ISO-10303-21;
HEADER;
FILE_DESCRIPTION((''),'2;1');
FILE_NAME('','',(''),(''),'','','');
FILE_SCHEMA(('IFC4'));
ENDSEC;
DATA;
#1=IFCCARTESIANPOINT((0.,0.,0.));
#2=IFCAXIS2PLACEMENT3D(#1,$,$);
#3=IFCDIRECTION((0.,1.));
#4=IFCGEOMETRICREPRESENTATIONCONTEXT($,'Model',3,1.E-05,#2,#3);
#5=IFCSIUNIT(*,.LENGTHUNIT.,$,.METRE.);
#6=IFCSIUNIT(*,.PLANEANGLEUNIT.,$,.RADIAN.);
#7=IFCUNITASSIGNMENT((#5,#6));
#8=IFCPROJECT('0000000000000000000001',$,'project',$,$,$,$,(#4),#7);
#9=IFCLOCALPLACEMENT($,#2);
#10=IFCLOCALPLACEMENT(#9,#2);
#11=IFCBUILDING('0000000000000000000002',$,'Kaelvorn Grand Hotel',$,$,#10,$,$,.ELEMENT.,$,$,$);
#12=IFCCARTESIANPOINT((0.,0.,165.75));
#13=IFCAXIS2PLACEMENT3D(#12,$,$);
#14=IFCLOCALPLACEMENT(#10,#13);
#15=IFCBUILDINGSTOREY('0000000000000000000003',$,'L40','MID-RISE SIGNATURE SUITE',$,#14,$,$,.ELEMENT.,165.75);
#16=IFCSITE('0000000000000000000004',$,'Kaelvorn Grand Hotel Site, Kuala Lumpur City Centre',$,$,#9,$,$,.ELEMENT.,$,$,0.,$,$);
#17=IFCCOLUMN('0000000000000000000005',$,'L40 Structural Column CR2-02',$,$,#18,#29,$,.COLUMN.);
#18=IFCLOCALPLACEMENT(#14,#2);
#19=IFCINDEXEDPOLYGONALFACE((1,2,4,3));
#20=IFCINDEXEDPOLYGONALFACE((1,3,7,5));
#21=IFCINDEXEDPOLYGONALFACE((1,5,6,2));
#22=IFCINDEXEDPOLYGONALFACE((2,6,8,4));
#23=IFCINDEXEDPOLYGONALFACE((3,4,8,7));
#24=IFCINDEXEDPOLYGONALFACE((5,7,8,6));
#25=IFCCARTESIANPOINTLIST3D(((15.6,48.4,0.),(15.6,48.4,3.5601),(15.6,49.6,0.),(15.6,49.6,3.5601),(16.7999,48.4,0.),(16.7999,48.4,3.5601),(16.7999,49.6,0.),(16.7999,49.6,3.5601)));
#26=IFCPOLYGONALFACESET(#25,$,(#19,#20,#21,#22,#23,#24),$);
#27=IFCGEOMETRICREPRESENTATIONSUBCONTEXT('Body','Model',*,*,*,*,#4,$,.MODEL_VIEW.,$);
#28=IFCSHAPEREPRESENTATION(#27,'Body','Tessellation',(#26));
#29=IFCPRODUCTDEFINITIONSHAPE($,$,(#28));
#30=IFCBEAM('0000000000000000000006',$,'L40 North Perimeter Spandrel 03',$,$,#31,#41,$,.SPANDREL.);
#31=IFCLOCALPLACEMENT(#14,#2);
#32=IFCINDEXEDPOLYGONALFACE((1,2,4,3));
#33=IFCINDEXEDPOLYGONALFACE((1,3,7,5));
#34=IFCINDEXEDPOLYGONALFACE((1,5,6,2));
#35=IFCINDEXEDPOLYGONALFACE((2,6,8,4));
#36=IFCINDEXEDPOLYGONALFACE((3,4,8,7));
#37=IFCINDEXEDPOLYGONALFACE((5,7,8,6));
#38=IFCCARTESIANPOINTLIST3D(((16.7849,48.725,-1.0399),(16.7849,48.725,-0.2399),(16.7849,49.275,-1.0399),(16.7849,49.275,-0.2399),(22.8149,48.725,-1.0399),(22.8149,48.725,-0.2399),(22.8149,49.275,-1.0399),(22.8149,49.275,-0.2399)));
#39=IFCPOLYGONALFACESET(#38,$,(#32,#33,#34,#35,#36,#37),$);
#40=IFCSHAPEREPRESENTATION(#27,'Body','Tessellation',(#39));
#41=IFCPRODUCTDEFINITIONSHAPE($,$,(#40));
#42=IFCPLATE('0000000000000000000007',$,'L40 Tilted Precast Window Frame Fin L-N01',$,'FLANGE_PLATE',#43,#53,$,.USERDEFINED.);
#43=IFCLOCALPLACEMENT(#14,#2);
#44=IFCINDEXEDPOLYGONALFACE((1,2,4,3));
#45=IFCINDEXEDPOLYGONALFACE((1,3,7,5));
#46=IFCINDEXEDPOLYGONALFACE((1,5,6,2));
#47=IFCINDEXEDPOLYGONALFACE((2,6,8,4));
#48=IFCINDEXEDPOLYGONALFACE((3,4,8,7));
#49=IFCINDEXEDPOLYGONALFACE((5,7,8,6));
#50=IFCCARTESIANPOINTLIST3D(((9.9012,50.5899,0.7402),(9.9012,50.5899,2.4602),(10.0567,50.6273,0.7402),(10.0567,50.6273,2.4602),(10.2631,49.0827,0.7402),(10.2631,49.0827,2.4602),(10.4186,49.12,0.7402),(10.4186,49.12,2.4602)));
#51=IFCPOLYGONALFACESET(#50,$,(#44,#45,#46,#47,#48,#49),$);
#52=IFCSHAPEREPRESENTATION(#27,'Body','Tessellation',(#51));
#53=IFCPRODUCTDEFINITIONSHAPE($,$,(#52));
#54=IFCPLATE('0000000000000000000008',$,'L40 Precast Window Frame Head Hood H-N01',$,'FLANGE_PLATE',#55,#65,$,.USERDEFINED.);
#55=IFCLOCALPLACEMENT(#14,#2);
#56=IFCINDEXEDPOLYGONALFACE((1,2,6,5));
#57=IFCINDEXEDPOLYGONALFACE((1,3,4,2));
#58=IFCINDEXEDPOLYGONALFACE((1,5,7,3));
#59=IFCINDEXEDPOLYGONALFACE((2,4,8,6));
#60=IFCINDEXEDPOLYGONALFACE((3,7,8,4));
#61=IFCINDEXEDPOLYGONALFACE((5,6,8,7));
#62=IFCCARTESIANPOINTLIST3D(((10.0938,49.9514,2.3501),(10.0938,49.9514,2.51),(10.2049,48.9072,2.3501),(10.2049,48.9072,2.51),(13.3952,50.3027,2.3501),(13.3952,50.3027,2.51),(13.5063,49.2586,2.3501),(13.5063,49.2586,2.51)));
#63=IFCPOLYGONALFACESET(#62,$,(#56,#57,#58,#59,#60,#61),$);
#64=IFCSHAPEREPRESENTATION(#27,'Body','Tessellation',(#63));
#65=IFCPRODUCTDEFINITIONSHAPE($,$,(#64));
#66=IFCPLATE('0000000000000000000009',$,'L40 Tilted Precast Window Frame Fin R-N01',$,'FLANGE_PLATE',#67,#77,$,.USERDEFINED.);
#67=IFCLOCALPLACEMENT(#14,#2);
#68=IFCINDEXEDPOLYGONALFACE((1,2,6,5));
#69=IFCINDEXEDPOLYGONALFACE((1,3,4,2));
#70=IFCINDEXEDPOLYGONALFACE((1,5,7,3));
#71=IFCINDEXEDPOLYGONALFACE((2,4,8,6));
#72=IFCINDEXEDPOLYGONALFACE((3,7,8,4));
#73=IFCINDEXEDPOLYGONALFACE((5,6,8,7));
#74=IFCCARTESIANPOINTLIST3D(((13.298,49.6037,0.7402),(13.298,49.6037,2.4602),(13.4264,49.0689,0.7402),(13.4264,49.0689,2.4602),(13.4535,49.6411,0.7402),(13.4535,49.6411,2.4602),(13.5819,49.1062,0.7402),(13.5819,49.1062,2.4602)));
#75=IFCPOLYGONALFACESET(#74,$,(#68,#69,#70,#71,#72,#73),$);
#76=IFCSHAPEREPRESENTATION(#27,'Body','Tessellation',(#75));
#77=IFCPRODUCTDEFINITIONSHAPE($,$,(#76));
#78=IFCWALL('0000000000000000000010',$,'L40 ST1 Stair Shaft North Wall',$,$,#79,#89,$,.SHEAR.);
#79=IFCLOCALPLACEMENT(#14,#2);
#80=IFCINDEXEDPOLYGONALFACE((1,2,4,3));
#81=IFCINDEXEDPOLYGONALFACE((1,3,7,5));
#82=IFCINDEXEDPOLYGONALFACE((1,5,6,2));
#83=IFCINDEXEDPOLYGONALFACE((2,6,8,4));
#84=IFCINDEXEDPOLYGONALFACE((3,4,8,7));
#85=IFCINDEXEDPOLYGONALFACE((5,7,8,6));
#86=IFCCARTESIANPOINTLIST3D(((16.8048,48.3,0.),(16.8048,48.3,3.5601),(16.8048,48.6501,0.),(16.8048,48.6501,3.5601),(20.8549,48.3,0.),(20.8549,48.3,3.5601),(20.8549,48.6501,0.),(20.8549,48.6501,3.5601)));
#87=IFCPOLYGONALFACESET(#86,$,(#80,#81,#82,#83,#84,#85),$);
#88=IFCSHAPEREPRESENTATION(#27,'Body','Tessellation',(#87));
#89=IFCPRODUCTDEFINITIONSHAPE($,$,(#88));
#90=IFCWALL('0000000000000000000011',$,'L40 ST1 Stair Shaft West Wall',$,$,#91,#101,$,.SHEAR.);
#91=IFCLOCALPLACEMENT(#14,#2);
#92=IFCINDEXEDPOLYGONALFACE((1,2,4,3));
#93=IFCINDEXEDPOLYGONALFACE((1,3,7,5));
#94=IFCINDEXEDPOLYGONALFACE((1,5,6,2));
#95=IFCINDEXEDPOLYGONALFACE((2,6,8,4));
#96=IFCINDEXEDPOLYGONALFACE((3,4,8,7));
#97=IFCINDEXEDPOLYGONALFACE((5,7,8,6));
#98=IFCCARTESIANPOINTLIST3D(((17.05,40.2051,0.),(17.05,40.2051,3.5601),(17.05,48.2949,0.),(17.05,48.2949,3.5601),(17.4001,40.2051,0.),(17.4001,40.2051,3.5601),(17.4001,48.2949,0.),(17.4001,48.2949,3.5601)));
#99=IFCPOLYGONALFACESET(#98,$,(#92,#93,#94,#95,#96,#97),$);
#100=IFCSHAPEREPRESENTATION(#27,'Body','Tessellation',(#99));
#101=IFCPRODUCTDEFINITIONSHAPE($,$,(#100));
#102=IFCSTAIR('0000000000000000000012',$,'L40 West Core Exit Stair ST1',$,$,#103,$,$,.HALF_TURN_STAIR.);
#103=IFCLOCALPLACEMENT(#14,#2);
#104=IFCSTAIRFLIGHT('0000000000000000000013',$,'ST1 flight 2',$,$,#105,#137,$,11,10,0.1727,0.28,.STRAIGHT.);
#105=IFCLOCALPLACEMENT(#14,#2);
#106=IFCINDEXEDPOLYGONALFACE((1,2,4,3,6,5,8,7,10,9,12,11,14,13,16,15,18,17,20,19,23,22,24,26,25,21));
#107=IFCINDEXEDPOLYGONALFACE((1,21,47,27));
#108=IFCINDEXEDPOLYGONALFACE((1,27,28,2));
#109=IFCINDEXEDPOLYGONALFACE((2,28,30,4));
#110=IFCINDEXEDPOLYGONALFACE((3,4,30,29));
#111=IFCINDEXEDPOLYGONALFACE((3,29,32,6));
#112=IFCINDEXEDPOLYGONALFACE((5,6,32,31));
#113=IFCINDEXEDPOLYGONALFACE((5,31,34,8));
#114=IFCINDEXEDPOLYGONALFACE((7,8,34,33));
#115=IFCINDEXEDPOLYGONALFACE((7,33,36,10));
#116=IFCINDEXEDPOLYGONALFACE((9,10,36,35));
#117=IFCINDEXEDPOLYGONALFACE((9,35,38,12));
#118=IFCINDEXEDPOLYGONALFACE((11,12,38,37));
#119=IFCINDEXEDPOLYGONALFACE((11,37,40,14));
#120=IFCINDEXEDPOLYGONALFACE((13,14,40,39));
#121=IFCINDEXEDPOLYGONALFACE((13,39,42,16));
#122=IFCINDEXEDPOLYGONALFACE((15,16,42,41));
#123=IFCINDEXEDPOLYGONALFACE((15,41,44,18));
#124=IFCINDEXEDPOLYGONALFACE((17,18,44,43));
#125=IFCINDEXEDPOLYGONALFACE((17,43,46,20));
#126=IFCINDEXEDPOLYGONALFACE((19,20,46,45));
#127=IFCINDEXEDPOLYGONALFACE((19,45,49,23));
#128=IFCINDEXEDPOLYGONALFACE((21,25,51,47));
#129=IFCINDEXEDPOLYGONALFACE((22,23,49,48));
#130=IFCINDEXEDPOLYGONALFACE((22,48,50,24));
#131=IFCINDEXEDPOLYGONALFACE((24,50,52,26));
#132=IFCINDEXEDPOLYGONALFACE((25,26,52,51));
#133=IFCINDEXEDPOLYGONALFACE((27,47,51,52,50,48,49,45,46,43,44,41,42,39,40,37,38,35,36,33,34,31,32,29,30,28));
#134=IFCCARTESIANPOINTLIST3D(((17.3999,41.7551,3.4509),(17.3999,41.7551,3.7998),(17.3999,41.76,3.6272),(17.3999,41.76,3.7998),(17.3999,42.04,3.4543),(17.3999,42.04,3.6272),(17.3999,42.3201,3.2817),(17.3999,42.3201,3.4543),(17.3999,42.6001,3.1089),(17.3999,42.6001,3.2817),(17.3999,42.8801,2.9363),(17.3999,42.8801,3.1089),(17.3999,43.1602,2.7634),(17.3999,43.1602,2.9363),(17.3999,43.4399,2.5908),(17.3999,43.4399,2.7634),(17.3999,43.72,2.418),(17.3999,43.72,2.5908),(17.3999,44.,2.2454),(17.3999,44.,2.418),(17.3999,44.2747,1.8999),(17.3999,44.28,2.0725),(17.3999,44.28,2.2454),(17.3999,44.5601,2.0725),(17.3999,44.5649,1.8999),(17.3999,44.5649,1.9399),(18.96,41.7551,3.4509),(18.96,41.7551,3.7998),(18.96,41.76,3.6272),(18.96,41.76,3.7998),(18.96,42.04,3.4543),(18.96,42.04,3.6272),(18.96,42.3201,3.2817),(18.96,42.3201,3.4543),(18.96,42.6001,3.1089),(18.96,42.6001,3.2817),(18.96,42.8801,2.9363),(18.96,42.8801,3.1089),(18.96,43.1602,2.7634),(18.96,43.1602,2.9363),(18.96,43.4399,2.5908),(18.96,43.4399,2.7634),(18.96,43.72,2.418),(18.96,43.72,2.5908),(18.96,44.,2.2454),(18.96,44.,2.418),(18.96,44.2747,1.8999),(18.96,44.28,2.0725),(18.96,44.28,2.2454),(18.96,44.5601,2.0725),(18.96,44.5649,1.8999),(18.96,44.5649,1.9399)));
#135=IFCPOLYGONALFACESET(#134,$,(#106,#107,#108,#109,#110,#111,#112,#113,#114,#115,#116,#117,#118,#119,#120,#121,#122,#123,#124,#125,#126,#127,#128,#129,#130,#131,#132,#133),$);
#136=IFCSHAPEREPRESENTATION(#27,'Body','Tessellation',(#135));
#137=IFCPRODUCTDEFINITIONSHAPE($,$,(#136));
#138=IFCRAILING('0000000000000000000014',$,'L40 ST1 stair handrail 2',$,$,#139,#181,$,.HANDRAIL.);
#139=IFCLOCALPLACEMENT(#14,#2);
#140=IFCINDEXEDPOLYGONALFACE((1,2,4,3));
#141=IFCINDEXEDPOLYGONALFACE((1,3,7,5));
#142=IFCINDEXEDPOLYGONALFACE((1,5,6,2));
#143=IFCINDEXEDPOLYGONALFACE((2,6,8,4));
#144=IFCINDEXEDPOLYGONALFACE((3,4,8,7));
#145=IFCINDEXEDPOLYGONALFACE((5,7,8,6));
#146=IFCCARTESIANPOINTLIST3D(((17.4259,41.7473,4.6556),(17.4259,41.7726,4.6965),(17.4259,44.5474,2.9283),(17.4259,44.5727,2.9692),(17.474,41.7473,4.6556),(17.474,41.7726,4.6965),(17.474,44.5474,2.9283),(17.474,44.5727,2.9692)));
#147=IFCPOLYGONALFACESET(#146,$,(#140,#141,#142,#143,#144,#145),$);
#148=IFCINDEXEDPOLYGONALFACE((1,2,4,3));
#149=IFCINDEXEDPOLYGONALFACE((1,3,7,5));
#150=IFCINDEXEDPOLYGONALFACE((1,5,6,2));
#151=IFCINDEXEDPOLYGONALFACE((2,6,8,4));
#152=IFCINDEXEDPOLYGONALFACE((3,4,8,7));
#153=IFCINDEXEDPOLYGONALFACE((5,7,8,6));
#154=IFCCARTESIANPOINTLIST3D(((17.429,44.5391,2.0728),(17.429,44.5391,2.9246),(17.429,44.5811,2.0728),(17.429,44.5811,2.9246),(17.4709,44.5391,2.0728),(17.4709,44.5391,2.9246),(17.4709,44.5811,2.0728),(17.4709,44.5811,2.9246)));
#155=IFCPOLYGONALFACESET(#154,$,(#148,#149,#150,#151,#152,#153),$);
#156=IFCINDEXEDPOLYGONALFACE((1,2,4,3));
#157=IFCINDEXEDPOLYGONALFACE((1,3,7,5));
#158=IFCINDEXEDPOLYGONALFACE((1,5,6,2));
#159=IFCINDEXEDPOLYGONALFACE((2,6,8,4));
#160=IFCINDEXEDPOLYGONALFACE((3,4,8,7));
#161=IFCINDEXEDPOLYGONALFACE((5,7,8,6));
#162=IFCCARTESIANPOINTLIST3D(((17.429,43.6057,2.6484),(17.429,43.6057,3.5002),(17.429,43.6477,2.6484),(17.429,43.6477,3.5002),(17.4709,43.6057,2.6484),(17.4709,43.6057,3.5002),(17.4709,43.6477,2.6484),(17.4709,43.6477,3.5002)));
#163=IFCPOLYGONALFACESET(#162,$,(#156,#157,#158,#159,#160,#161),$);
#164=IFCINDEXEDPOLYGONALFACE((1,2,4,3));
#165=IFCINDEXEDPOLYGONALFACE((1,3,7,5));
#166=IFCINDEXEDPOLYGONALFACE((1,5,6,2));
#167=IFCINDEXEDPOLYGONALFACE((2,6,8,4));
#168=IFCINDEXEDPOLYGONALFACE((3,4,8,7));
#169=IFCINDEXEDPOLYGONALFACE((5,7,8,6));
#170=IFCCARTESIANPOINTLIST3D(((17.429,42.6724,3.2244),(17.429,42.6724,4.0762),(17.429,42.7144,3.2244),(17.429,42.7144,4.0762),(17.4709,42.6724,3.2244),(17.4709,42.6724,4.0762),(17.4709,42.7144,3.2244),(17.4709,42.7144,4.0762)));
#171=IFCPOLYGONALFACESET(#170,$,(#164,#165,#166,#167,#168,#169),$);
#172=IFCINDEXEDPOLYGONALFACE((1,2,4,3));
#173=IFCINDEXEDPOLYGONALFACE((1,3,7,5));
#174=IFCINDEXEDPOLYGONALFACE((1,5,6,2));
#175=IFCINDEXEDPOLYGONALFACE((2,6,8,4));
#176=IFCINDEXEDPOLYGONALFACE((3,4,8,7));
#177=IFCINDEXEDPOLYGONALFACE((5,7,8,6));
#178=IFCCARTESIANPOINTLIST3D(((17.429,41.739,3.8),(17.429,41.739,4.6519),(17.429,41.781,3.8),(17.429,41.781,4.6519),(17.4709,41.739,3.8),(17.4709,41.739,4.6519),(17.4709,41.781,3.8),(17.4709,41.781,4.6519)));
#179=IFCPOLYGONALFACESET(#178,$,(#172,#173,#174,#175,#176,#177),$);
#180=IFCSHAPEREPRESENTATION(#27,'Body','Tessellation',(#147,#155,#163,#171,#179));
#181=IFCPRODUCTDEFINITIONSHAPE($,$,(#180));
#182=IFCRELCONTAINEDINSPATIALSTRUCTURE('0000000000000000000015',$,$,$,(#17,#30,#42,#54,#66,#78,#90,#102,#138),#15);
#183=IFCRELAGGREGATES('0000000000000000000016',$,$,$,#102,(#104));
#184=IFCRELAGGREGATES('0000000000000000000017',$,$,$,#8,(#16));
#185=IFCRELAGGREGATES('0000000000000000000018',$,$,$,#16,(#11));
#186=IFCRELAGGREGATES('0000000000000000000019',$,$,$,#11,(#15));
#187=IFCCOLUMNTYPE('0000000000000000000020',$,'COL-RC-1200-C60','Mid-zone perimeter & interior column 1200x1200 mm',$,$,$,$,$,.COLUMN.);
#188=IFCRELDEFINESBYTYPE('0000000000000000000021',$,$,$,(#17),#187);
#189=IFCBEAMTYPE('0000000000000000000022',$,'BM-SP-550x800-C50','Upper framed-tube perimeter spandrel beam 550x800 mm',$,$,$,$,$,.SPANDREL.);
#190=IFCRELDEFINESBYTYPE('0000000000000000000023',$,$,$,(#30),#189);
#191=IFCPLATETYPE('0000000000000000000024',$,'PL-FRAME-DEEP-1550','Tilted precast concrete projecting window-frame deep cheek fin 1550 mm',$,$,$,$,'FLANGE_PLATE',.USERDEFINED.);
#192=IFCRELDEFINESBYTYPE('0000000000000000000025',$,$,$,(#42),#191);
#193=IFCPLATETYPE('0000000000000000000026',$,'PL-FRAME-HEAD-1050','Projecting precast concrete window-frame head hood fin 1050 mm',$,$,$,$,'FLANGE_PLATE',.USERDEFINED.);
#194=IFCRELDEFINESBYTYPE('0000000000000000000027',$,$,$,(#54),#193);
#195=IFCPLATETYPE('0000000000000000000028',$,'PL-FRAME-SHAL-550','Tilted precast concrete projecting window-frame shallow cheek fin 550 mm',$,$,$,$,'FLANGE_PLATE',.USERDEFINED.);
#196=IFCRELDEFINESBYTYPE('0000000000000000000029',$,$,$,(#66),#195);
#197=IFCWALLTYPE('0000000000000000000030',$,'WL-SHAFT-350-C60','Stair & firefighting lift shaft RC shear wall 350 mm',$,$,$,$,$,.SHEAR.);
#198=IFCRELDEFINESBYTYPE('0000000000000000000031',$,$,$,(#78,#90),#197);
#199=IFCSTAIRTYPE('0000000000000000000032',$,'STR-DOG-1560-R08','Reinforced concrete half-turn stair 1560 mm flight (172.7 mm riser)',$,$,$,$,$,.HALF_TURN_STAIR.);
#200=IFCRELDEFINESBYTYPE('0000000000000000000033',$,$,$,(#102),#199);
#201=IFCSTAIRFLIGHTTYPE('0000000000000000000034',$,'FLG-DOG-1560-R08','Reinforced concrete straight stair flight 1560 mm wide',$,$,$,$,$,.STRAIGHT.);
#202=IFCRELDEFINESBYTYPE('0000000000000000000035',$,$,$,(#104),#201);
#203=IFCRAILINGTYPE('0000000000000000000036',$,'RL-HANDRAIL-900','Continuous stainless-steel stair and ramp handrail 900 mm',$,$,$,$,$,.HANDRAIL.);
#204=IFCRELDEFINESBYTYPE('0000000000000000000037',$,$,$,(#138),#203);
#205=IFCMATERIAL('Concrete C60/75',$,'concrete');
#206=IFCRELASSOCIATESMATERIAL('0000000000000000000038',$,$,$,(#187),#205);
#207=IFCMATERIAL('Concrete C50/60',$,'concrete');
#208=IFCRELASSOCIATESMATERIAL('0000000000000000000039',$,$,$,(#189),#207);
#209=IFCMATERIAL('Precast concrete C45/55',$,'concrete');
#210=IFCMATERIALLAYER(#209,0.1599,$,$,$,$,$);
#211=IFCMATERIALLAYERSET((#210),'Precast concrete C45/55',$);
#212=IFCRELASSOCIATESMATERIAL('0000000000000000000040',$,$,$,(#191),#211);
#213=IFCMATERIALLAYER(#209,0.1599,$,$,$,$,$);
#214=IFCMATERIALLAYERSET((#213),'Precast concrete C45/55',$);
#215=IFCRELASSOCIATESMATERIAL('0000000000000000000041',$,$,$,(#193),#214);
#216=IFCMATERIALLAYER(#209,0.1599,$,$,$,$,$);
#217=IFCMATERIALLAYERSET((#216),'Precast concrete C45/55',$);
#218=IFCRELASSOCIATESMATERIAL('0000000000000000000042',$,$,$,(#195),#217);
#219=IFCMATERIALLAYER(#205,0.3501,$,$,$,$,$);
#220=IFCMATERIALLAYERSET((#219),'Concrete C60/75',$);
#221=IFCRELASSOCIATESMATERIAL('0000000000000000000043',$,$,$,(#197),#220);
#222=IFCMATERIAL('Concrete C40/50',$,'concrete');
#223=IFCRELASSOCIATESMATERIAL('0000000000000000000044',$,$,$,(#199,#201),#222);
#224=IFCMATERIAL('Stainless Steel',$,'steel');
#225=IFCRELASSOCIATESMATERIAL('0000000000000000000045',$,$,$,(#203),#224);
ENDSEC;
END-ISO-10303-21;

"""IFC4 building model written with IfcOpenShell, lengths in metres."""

from ifc_helpers import new_model, si_unit, direction, frame, frame_2d, origin, origin_2d, place, context, subcontext, project, spatial, polyline, rectangle, outline, extrude, material, layer, layer_set, material_profile, profile_set, type_object, element, aggregate, save


model = new_model("IFC4")

# Units and contexts
model_context = context("Model", 3, precision=1e-05, world=origin(), true_north=direction((0.0, 1.0)))
body_context = subcontext(model_context, "Body", "Model", "MODEL_VIEW")
ifc_project = project(units=[si_unit("LENGTHUNIT", "METRE"), si_unit("PLANEANGLEUNIT", "RADIAN")], contexts=[model_context])

# Site, building, storey
site_placement = place(None, origin())
site = spatial("IfcSite", under=ifc_project, at=site_placement, Name="Kaelvorn Grand Hotel Site, Kuala Lumpur City Centre", CompositionType="ELEMENT", RefElevation=0.0)
building_placement = place(site_placement, origin())
building = spatial("IfcBuilding", under=site, at=building_placement, Name="Kaelvorn Grand Hotel", CompositionType="ELEMENT")
storey_placement = place(building_placement, frame((0.0, 0.0, 165.75)))
storey = spatial("IfcBuildingStorey", under=building, at=storey_placement, Name="L40", Description="MID-RISE SIGNATURE SUITE", CompositionType="ELEMENT", Elevation=165.75)

# Column
ifc_material_1 = material(Name="Concrete C60/75", Category="concrete")
ifc_material_profile_1 = material_profile(ifc_material_1, rectangle(XDim=1.2, YDim=1.2, at=origin_2d()), Name="RC COL 1200x1200")
ifc_profile_set_1 = profile_set([ifc_material_profile_1], Name="Concrete C60/75")
column_type = type_object("IfcColumnType", Name="COL-RC-1200-C60", Description="Mid-zone perimeter & interior column 1200x1200 mm", PredefinedType="COLUMN", material=ifc_profile_set_1)
column_placement = place(storey_placement, frame((16.2, 49.0, 0.0), z_axis=(0.0, 0.0, 1.0), x_axis=(1.0, 0.0, 0.0)))
element("IfcColumn", 1, at=column_placement, inside=storey, type_object=column_type, Name="L40 Structural Column CR2-02", PredefinedType="COLUMN", context=body_context, shape_type="SweptSolid", body=[
    extrude(rectangle(XDim=1.2, YDim=1.2, at=origin_2d()), origin(), (0.0, 0.0, 1.0), 3.5601),
])

# Beam
ifc_material_2 = material(Name="Concrete C50/60", Category="concrete")
ifc_material_profile_2 = material_profile(ifc_material_2, rectangle(XDim=0.55, YDim=0.8, at=origin_2d()), Name="RC SPANDREL 550x800")
ifc_profile_set_2 = profile_set([ifc_material_profile_2], Name="Concrete C50/60")
beam_type = type_object("IfcBeamType", Name="BM-SP-550x800-C50", Description="Upper framed-tube perimeter spandrel beam 550x800 mm", PredefinedType="SPANDREL", material=ifc_profile_set_2)
beam_placement = place(storey_placement, frame((16.7849, 49.0, -0.6399), z_axis=(1.0, 0.0, 0.0), x_axis=(0.0, 1.0, 0.0)))
element("IfcBeam", 2, at=beam_placement, inside=storey, type_object=beam_type, Name="L40 North Perimeter Spandrel 03", PredefinedType="SPANDREL", context=body_context, shape_type="SweptSolid", body=[
    extrude(rectangle(XDim=0.55, YDim=0.8, at=origin_2d()), origin(), (0.0, 0.0, 1.0), 6.03),
])

# Plates
ifc_material_3 = material(Name="Precast concrete C45/55", Category="concrete")
ifc_layer_1 = layer(ifc_material_3, 0.1599)
ifc_layer_set_1 = layer_set([ifc_layer_1], Name="Precast concrete C45/55")
plate_type_1 = type_object("IfcPlateType", Name="PL-FRAME-DEEP-1550", Description="Tilted precast concrete projecting window-frame deep cheek fin 1550 mm", ElementType="FLANGE_PLATE", PredefinedType="USERDEFINED", material=ifc_layer_set_1)
plate_1_placement = place(storey_placement, frame((10.1599, 49.855, 0.7402), z_axis=(0.0, 0.0, 1.0), x_axis=(0.97237, 0.233445, 0.0)))
element("IfcPlate", 3, at=plate_1_placement, inside=storey, type_object=plate_type_1, Name="L40 Tilted Precast Window Frame Fin L-N01", ObjectType="FLANGE_PLATE", PredefinedType="USERDEFINED", context=body_context, shape_type="SweptSolid", body=[
    extrude(rectangle(XDim=0.1599, YDim=1.55, at=origin_2d()), origin(), (0.0, 0.0, 1.0), 1.72),
])
ifc_layer_2 = layer(ifc_material_3, 0.1599)
ifc_layer_set_2 = layer_set([ifc_layer_2], Name="Precast concrete C45/55")
plate_type_2 = type_object("IfcPlateType", Name="PL-FRAME-HEAD-1050", Description="Projecting precast concrete window-frame head hood fin 1050 mm", ElementType="FLANGE_PLATE", PredefinedType="USERDEFINED", material=ifc_layer_set_2)
plate_2_placement = place(storey_placement, frame((11.8, 49.605, 2.3501), z_axis=(0.0, 0.0, 1.0), x_axis=(0.994384, 0.10583, 0.0)))
element("IfcPlate", 4, at=plate_2_placement, inside=storey, type_object=plate_type_2, Name="L40 Precast Window Frame Head Hood H-N01", ObjectType="FLANGE_PLATE", PredefinedType="USERDEFINED", context=body_context, shape_type="SweptSolid", body=[
    extrude(rectangle(XDim=3.3201, YDim=1.05, at=origin_2d()), origin(), (0.0, 0.0, 1.0), 0.1599),
])
ifc_layer_3 = layer(ifc_material_3, 0.1599)
ifc_layer_set_3 = layer_set([ifc_layer_3], Name="Precast concrete C45/55")
plate_type_3 = type_object("IfcPlateType", Name="PL-FRAME-SHAL-550", Description="Tilted precast concrete projecting window-frame shallow cheek fin 550 mm", ElementType="FLANGE_PLATE", PredefinedType="USERDEFINED", material=ifc_layer_set_3)
plate_3_placement = place(storey_placement, frame((13.4399, 49.355, 0.7402), z_axis=(0.0, 0.0, 1.0), x_axis=(0.97237, 0.233445, 0.0)))
element("IfcPlate", 5, at=plate_3_placement, inside=storey, type_object=plate_type_3, Name="L40 Tilted Precast Window Frame Fin R-N01", ObjectType="FLANGE_PLATE", PredefinedType="USERDEFINED", context=body_context, shape_type="SweptSolid", body=[
    extrude(rectangle(XDim=0.1599, YDim=0.55, at=origin_2d()), origin(), (0.0, 0.0, 1.0), 1.72),
])

# Shared definitions
ifc_layer_4 = layer(ifc_material_1, 0.3501)
ifc_layer_set_4 = layer_set([ifc_layer_4], Name="Concrete C60/75")
wall_type = type_object("IfcWallType", Name="WL-SHAFT-350-C60", Description="Stair & firefighting lift shaft RC shear wall 350 mm", PredefinedType="SHEAR", material=ifc_layer_set_4)

# Walls
wall_1_placement = place(storey_placement, frame((16.8049, 48.4751, 0.0), z_axis=(0.0, 0.0, 1.0), x_axis=(1.0, 0.0, 0.0)))
element("IfcWall", 6, at=wall_1_placement, inside=storey, type_object=wall_type, Name="L40 ST1 Stair Shaft North Wall", PredefinedType="SHEAR", context=body_context, shape_type="SweptSolid", body=[
    extrude(rectangle(XDim=4.05, YDim=0.3501, at=frame_2d((2.0249, 0.0))), origin(), (0.0, 0.0, 1.0), 3.5601),
])
wall_2_placement = place(storey_placement, frame((17.2251, 40.2051, 0.0), z_axis=(0.0, 0.0, 1.0), x_axis=(0.0, 1.0, 0.0)))
element("IfcWall", 7, at=wall_2_placement, inside=storey, type_object=wall_type, Name="L40 ST1 Stair Shaft West Wall", PredefinedType="SHEAR", context=body_context, shape_type="SweptSolid", body=[
    extrude(rectangle(XDim=8.0898, YDim=0.3501, at=frame_2d((4.0449, 0.0))), origin(), (0.0, 0.0, 1.0), 3.5601),
])

# Stair, stair flight
ifc_material_4 = material(Name="Concrete C40/50", Category="concrete")
stair_type = type_object("IfcStairType", Name="STR-DOG-1560-R08", Description="Reinforced concrete half-turn stair 1560 mm flight (172.7 mm riser)", PredefinedType="HALF_TURN_STAIR", material=ifc_material_4)
stair_placement = place(storey_placement, origin())
stair = element("IfcStair", 8, at=stair_placement, inside=storey, type_object=stair_type, Name="L40 West Core Exit Stair ST1", PredefinedType="HALF_TURN_STAIR")
stair_flight_type = type_object("IfcStairFlightType", Name="FLG-DOG-1560-R08", Description="Reinforced concrete straight stair flight 1560 mm wide", PredefinedType="STRAIGHT", material=ifc_material_4)
stair_flight_placement = place(storey_placement, frame((18.1799, 44.5601, 1.8999), z_axis=(0.0, 0.0, 1.0), x_axis=(0.0, -1.0, 0.0)))
stair_flight = element("IfcStairFlight", 9, at=stair_flight_placement, type_object=stair_flight_type, Name="ST1 flight 2", NumberOfRisers=11, NumberOfTreads=10, PredefinedType="STRAIGHT", RiserHeight=0.1727, TreadLength=0.28, context=body_context, shape_type="SweptSolid", body=[
    extrude(outline(polyline([(-0.0049, 0.0), (-0.0049, 0.04), (0.0, 0.1726), (0.28, 0.1726), (0.28, 0.3455), (0.5601, 0.3455), (0.5601, 0.5181), (0.8401, 0.5181), (0.8401, 0.6909), (1.1201, 0.6909), (1.1201, 0.8635), (1.3999, 0.8635), (1.3999, 1.0364), (1.6799, 1.0364), (1.6799, 1.209), (1.96, 1.209), (1.96, 1.3818), (2.24, 1.3818), (2.24, 1.5544), (2.52, 1.5544), (2.52, 1.7273), (2.8, 1.7273), (2.8, 1.8999), (2.8049, 1.8999), (2.8049, 1.551), (0.2854, 0.0), (-0.0049, 0.0)])), frame((0.0, 0.78, 0.0), z_axis=(0.0, -1.0, 0.0), x_axis=(1.0, 0.0, 0.0)), (0.0, 0.0, 1.0), 1.5601),
])
aggregate(stair, [stair_flight])

# Railing
ifc_material_5 = material(Name="Stainless Steel", Category="steel")
railing_type_1 = type_object("IfcRailingType", Name="RL-HANDRAIL-900", Description="Continuous stainless-steel stair and ramp handrail 900 mm", PredefinedType="HANDRAIL", material=ifc_material_5)
railing_1_placement = place(storey_placement, frame((17.45, 44.5601, 2.0728)))
element("IfcRailing", 10, at=railing_1_placement, inside=storey, type_object=railing_type_1, Name="L40 ST1 stair handrail 2", PredefinedType="HANDRAIL", context=body_context, shape_type="SweptSolid", body=[
    extrude(rectangle(XDim=0.0481, YDim=0.0481, at=origin_2d()), frame((0.0, 0.0, 0.876), z_axis=(0.0, -0.85109, 0.52502), x_axis=(1.0, 0.0, 0.0)), (0.0, 0.0, 1.0), 3.29),
    extrude(rectangle(XDim=0.042, YDim=0.042, at=origin_2d()), origin(), (0.0, 0.0, 1.0), 0.8518),
    extrude(rectangle(XDim=0.042, YDim=0.042, at=origin_2d()), frame((0.0, -0.9333, 0.5757)), (0.0, 0.0, 1.0), 0.8518),
    extrude(rectangle(XDim=0.042, YDim=0.042, at=origin_2d()), frame((0.0, -1.8667, 1.1516)), (0.0, 0.0, 1.0), 0.8518),
    extrude(rectangle(XDim=0.042, YDim=0.042, at=origin_2d()), frame((0.0, -2.8, 1.7273)), (0.0, 0.0, 1.0), 0.8518),
])

save(model, "model.ifc")
